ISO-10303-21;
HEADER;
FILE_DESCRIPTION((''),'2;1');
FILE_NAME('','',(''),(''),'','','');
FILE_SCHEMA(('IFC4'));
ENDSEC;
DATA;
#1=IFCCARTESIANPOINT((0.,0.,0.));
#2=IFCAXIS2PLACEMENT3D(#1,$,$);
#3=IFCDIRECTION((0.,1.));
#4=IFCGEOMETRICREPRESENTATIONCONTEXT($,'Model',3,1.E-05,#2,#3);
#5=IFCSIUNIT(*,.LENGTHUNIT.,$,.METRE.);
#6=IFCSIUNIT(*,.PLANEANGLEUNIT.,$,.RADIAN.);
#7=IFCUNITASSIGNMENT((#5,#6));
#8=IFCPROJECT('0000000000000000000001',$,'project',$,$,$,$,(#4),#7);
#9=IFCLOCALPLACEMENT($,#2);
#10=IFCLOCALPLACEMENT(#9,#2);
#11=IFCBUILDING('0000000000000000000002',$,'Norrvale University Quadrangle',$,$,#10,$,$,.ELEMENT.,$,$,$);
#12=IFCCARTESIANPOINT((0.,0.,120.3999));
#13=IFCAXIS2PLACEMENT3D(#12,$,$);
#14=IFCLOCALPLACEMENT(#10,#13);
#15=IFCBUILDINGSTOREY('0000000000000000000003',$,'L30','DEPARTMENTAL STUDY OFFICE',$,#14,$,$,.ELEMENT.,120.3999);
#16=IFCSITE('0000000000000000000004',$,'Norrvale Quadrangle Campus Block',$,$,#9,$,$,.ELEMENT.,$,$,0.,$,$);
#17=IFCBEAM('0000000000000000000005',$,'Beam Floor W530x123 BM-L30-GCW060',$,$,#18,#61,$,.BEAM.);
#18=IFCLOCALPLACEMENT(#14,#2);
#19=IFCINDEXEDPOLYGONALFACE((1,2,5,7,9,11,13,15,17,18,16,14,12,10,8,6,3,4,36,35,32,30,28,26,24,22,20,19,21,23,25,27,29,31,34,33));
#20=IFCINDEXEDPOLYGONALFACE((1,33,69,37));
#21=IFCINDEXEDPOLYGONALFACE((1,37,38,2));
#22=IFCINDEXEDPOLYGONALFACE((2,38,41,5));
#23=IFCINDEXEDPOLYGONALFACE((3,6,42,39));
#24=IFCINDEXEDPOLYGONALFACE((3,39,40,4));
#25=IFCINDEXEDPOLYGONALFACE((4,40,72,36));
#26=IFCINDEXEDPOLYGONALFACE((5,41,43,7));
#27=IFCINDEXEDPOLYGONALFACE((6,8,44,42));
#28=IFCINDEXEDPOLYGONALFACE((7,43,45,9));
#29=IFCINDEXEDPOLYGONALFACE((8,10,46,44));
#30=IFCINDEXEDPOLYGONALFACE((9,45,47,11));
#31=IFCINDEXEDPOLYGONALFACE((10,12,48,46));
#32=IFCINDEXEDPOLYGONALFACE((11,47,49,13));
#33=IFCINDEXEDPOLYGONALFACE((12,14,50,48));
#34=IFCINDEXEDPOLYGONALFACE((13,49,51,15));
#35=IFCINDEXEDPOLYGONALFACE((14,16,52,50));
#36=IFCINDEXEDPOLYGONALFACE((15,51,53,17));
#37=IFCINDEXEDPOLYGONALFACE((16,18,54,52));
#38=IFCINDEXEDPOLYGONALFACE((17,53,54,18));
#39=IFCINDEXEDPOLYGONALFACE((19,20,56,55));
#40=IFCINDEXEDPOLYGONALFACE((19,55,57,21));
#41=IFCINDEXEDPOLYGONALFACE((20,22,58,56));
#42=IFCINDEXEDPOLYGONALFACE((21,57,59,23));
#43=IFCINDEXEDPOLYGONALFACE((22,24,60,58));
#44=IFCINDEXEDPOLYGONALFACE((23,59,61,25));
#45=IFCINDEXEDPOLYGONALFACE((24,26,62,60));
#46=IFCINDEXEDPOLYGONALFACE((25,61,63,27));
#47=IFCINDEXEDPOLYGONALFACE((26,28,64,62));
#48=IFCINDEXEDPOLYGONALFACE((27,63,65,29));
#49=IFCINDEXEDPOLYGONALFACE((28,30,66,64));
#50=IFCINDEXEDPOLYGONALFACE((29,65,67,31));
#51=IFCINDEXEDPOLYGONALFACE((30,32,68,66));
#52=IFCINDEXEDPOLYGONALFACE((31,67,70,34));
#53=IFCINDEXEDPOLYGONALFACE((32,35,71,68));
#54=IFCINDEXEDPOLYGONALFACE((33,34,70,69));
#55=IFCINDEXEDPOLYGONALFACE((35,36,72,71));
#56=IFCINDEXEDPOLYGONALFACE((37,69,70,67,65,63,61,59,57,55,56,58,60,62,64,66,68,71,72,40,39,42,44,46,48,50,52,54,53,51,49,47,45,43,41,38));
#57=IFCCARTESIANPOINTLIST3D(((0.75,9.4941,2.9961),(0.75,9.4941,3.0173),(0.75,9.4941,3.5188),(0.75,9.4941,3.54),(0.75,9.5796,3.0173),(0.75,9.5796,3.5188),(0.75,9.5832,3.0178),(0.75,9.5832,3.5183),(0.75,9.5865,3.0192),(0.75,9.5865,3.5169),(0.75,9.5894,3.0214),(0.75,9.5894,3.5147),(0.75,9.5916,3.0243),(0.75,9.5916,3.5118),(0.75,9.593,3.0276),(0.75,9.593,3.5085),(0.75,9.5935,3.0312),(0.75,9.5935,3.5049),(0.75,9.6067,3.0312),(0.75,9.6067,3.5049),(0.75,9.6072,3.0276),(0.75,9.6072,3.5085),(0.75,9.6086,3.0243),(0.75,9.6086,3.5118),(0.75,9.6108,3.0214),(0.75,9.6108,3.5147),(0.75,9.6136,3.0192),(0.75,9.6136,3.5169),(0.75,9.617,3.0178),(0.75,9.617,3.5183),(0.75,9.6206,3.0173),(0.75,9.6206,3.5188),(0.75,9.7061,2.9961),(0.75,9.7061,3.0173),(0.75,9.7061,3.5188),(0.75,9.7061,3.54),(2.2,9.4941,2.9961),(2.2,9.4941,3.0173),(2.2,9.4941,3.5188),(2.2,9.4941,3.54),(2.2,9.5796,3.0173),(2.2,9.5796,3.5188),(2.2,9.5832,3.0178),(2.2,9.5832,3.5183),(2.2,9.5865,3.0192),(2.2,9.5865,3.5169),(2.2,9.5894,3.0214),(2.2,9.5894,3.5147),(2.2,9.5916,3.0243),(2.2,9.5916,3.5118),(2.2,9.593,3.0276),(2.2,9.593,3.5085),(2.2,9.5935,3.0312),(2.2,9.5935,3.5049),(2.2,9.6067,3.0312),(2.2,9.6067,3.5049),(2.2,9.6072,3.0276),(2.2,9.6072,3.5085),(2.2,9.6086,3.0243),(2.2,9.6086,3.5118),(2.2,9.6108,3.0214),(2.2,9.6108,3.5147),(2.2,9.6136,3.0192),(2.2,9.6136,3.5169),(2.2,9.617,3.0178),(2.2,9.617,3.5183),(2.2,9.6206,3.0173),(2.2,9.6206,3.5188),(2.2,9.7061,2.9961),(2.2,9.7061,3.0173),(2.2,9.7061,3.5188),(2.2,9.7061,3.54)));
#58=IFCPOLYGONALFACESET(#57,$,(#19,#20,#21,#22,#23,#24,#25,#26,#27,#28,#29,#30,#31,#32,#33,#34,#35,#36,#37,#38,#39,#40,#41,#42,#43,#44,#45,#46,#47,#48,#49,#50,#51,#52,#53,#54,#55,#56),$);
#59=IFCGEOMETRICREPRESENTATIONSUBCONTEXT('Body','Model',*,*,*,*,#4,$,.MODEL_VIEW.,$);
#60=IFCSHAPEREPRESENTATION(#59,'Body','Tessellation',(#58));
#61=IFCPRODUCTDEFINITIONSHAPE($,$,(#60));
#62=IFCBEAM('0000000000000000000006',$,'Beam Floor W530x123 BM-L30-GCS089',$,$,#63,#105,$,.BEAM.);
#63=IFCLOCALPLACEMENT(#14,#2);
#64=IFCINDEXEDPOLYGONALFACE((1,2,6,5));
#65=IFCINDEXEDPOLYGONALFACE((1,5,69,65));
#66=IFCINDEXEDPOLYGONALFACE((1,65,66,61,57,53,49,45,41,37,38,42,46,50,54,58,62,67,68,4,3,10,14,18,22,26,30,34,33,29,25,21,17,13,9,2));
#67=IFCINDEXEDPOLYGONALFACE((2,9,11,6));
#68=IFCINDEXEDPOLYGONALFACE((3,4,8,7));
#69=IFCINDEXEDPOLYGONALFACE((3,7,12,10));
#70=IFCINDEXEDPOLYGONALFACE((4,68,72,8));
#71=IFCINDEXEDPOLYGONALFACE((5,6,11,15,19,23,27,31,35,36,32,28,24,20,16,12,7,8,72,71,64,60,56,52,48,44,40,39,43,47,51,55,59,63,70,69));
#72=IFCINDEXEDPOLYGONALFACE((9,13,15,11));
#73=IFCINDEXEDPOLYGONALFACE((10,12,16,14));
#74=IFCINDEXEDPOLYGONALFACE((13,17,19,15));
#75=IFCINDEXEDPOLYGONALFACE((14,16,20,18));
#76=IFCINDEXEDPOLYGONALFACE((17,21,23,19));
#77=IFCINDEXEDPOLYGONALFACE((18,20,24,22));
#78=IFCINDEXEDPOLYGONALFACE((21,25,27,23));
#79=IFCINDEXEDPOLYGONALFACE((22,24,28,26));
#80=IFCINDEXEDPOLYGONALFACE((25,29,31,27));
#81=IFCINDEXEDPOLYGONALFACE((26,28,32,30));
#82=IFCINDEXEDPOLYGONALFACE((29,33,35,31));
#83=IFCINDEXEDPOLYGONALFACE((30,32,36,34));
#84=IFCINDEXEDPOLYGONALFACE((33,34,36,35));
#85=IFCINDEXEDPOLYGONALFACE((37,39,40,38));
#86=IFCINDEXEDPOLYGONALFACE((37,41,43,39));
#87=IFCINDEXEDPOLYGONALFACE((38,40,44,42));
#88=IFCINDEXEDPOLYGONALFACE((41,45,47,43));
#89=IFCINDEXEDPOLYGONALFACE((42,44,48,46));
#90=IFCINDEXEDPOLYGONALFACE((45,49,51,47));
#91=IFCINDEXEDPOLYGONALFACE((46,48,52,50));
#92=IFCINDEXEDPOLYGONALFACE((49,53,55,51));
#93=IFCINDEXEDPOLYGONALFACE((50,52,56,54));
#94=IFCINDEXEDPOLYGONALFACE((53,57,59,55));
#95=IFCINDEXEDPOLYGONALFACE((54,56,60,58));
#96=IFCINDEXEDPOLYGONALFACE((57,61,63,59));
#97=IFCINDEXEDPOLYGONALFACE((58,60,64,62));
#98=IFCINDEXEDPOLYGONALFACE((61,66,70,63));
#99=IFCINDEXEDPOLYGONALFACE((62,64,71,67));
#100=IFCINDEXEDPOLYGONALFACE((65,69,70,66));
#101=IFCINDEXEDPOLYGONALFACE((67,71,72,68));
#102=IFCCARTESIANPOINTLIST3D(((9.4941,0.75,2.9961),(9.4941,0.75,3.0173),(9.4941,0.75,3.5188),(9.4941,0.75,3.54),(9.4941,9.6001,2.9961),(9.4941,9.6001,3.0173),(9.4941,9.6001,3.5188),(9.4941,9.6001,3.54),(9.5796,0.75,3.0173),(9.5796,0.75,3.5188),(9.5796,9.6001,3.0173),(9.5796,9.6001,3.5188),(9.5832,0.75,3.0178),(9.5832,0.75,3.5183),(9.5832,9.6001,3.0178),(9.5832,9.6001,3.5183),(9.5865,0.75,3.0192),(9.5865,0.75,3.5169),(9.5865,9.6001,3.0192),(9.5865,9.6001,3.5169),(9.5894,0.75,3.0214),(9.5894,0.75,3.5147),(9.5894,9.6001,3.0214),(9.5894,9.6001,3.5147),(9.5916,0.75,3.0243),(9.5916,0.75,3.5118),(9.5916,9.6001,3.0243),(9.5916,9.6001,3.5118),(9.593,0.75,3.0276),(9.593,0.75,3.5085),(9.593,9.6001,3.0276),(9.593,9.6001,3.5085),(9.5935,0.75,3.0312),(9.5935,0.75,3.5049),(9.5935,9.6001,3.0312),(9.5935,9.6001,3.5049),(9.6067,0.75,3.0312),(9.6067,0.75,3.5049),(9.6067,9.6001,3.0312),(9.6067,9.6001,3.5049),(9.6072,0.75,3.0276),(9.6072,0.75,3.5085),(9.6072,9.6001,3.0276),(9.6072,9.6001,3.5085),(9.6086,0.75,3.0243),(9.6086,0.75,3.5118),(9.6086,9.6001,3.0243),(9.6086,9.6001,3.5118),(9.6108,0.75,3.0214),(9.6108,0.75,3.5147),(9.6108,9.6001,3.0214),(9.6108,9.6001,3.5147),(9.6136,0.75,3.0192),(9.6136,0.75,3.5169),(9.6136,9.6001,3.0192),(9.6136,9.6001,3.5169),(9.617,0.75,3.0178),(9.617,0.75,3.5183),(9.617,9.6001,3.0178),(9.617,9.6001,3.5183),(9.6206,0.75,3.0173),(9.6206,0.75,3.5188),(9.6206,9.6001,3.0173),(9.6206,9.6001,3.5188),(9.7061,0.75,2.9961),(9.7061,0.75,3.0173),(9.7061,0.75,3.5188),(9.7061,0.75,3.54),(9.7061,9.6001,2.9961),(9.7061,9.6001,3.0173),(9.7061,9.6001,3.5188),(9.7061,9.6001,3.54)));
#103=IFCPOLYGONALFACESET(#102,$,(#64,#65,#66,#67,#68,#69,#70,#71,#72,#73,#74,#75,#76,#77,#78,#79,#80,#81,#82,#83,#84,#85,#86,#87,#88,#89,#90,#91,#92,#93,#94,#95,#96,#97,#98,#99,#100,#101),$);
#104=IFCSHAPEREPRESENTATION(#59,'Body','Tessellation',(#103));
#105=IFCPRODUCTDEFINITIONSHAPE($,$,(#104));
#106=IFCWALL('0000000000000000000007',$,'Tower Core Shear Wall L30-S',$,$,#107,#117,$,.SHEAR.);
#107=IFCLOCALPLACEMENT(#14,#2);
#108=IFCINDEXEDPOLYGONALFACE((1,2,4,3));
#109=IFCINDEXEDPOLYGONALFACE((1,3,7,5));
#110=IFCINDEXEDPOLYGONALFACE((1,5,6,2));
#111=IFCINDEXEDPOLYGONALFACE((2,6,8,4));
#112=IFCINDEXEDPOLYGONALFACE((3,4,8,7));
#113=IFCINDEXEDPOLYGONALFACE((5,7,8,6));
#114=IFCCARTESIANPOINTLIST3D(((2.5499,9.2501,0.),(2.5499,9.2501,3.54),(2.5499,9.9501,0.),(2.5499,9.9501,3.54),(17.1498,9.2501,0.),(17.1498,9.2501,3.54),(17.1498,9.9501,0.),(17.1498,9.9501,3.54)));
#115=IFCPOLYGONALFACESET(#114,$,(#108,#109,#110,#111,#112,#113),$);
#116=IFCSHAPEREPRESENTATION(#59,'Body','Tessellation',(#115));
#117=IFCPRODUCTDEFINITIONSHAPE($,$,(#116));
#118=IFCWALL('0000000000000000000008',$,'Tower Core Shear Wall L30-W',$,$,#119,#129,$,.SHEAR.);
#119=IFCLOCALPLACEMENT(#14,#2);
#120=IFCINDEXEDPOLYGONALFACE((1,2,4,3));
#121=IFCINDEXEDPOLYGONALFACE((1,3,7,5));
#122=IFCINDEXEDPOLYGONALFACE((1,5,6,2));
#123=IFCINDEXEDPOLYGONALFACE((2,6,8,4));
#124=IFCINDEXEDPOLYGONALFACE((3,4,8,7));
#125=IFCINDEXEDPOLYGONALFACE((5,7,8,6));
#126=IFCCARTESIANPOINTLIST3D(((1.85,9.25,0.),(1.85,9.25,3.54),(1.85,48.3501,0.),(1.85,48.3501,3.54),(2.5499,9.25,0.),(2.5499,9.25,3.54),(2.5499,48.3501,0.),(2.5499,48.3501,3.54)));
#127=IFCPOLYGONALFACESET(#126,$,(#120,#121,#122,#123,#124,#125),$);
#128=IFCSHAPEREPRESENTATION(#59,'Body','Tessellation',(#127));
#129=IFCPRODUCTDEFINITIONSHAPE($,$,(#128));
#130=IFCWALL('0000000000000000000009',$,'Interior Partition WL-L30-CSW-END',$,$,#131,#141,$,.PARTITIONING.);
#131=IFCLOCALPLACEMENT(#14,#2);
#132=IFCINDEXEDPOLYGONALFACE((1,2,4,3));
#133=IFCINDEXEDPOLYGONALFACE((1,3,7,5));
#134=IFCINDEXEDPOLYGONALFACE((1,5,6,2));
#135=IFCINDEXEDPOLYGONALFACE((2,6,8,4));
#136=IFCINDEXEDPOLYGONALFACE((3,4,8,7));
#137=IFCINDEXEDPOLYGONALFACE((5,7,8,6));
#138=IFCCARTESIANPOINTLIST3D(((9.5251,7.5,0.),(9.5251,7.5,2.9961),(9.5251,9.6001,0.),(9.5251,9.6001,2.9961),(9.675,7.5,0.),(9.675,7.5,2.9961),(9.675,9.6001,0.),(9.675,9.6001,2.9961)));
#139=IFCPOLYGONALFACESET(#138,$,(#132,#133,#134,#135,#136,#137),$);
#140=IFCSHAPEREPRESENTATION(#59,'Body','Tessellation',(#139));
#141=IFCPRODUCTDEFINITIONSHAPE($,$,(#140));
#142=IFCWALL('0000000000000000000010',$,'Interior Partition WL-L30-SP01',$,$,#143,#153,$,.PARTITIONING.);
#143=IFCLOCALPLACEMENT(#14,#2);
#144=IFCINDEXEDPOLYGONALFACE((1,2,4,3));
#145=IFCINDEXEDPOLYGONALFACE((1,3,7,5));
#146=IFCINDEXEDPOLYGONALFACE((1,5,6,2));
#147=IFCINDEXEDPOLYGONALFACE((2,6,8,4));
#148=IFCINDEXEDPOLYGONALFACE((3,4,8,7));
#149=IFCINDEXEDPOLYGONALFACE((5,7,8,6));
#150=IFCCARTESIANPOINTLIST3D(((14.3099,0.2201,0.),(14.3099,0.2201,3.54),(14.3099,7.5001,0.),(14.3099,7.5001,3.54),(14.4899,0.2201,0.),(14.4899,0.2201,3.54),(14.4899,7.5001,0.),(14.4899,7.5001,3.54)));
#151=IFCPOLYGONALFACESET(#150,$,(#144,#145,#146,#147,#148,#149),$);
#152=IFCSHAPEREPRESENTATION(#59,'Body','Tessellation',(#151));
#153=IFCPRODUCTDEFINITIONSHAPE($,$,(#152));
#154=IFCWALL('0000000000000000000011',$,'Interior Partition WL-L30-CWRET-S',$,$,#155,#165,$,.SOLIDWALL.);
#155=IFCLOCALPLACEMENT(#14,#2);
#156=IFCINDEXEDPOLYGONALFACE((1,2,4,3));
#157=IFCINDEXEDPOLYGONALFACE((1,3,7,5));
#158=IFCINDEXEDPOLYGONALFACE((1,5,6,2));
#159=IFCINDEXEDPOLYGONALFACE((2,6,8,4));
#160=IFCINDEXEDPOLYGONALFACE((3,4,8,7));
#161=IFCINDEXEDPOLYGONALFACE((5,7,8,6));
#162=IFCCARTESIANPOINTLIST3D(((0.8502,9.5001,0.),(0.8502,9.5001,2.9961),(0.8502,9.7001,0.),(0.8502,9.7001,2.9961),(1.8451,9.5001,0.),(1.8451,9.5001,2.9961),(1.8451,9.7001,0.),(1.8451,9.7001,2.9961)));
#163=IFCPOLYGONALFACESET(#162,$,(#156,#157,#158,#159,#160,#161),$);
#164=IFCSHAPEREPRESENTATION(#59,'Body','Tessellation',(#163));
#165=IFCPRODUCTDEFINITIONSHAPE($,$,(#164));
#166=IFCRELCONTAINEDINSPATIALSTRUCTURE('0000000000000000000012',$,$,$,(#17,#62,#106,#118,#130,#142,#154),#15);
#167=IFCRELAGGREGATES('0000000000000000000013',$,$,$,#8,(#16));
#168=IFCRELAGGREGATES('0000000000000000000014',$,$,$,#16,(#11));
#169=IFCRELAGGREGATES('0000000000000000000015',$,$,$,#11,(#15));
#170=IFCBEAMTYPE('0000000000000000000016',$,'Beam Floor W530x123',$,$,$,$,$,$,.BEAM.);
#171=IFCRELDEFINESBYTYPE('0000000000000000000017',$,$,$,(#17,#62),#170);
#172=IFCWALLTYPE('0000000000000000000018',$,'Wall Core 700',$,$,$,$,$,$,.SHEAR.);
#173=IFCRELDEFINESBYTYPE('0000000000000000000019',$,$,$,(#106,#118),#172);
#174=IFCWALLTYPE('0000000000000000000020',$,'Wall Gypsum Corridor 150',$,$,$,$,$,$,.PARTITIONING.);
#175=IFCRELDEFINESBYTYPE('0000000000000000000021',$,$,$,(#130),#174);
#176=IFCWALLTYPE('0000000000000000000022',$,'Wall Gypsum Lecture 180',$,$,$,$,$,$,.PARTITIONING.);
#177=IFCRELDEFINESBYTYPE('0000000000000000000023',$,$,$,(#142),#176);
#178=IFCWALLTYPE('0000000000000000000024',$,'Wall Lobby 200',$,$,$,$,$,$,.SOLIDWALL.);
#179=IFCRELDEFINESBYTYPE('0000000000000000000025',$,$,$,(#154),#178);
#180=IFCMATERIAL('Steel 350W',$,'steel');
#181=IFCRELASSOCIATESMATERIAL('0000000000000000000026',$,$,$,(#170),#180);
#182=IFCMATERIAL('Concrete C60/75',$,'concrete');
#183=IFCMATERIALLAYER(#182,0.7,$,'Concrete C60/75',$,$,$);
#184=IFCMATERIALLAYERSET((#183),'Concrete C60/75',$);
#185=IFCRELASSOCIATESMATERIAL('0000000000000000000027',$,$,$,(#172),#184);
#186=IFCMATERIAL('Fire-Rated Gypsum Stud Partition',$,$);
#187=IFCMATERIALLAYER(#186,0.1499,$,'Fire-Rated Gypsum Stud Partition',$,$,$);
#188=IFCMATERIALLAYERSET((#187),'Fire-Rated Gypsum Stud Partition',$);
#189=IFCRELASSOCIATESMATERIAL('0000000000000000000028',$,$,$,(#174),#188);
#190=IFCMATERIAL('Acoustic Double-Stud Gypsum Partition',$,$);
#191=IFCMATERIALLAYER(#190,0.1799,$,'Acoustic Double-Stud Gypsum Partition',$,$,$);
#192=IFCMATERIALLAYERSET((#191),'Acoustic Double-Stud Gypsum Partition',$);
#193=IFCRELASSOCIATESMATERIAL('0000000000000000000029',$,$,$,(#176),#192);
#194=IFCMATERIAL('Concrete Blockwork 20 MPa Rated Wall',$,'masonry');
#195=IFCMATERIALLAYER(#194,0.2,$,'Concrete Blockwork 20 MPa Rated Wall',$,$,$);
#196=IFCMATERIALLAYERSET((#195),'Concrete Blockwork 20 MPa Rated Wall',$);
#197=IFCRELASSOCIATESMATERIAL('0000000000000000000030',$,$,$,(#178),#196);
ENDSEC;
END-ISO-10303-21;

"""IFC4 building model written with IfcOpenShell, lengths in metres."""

from ifc_helpers import new_model, si_unit, direction, frame, frame_2d, origin, origin_2d, place, context, subcontext, project, spatial, rectangle, i_section, extrude, material, layer, layer_set, material_profile, profile_set, type_object, element, save


model = new_model("IFC4")

# Units and contexts
model_context = context("Model", 3, precision=1e-05, world=origin(), true_north=direction((0.0, 1.0)))
body_context = subcontext(model_context, "Body", "Model", "MODEL_VIEW")
ifc_project = project(units=[si_unit("LENGTHUNIT", "METRE"), si_unit("PLANEANGLEUNIT", "RADIAN")], contexts=[model_context])

# Site, building, storey
site_placement = place(None, origin())
site = spatial("IfcSite", under=ifc_project, at=site_placement, Name="Norrvale Quadrangle Campus Block", CompositionType="ELEMENT", RefElevation=0.0)
building_placement = place(site_placement, origin())
building = spatial("IfcBuilding", under=site, at=building_placement, Name="Norrvale University Quadrangle", CompositionType="ELEMENT")
storey_placement = place(building_placement, frame((0.0, 0.0, 120.3999)))
storey = spatial("IfcBuildingStorey", under=building, at=storey_placement, Name="L30", Description="DEPARTMENTAL STUDY OFFICE", CompositionType="ELEMENT", Elevation=120.3999)

# Shared definitions
ifc_material_1 = material(Name="Concrete C60/75", Category="concrete")

# Beams
ifc_material_2 = material(Name="Steel 350W", Category="steel")
ifc_material_profile_1 = material_profile(ifc_material_2, i_section(OverallWidth=0.2119, OverallDepth=0.5439, WebThickness=0.0132, FlangeThickness=0.0212, FilletRadius=0.0139, at=origin_2d()), Name="Steel 350W")
ifc_profile_set_1 = profile_set([ifc_material_profile_1], Name="Steel 350W")
beam_type_1 = type_object("IfcBeamType", Name="Beam Floor W530x123", PredefinedType="BEAM", material=ifc_profile_set_1)
beam_1_placement = place(storey_placement, frame((0.75, 9.6001, 3.2681), z_axis=(1.0, 0.0, 0.0), x_axis=(0.0, 1.0, 0.0)))
element("IfcBeam", 1, at=beam_1_placement, inside=storey, type_object=beam_type_1, Name="Beam Floor W530x123 BM-L30-GCW060", PredefinedType="BEAM", context=body_context, shape_type="SweptSolid", body=[
    extrude(i_section(OverallWidth=0.2119, OverallDepth=0.5439, WebThickness=0.0132, FlangeThickness=0.0212, FilletRadius=0.0139, at=origin_2d()), origin(), (0.0, 0.0, 1.0), 1.45),
])
beam_2_placement = place(storey_placement, frame((9.6001, 0.75, 3.2681), z_axis=(0.0, 1.0, 0.0), x_axis=(-1.0, 0.0, 0.0)))
element("IfcBeam", 2, at=beam_2_placement, inside=storey, type_object=beam_type_1, Name="Beam Floor W530x123 BM-L30-GCS089", PredefinedType="BEAM", context=body_context, shape_type="SweptSolid", body=[
    extrude(i_section(OverallWidth=0.2119, OverallDepth=0.5439, WebThickness=0.0132, FlangeThickness=0.0212, FilletRadius=0.0139, at=origin_2d()), origin(), (0.0, 0.0, 1.0), 8.8501),
])

# Walls
ifc_layer_1 = layer(ifc_material_1, 0.7, Name="Concrete C60/75")
ifc_layer_set_1 = layer_set([ifc_layer_1], Name="Concrete C60/75")
wall_type_1 = type_object("IfcWallType", Name="Wall Core 700", PredefinedType="SHEAR", material=ifc_layer_set_1)
wall_1_placement = place(storey_placement, frame((2.55, 9.6001, 0.0), z_axis=(0.0, 0.0, 1.0), x_axis=(1.0, 0.0, 0.0)))
element("IfcWall", 3, at=wall_1_placement, inside=storey, type_object=wall_type_1, Name="Tower Core Shear Wall L30-S", PredefinedType="SHEAR", context=body_context, shape_type="SweptSolid", body=[
    extrude(rectangle(XDim=14.5999, YDim=0.7, at=frame_2d((7.2998, 0.0))), origin(), (0.0, 0.0, 1.0), 3.54),
])
wall_2_placement = place(storey_placement, frame((2.2, 9.25, 0.0), z_axis=(0.0, 0.0, 1.0), x_axis=(0.0, 1.0, 0.0)))
element("IfcWall", 4, at=wall_2_placement, inside=storey, type_object=wall_type_1, Name="Tower Core Shear Wall L30-W", PredefinedType="SHEAR", context=body_context, shape_type="SweptSolid", body=[
    extrude(rectangle(XDim=39.1001, YDim=0.7, at=frame_2d((19.55, 0.0))), origin(), (0.0, 0.0, 1.0), 3.54),
])
ifc_material_3 = material(Name="Fire-Rated Gypsum Stud Partition")
ifc_layer_2 = layer(ifc_material_3, 0.1499, Name="Fire-Rated Gypsum Stud Partition")
ifc_layer_set_2 = layer_set([ifc_layer_2], Name="Fire-Rated Gypsum Stud Partition")
wall_type_2 = type_object("IfcWallType", Name="Wall Gypsum Corridor 150", PredefinedType="PARTITIONING", material=ifc_layer_set_2)
wall_3_placement = place(storey_placement, frame((9.6001, 7.5, 0.0), z_axis=(0.0, 0.0, 1.0), x_axis=(0.0, 1.0, 0.0)))
element("IfcWall", 5, at=wall_3_placement, inside=storey, type_object=wall_type_2, Name="Interior Partition WL-L30-CSW-END", PredefinedType="PARTITIONING", context=body_context, shape_type="SweptSolid", body=[
    extrude(rectangle(XDim=2.1001, YDim=0.1499, at=frame_2d((1.05, 0.0))), origin(), (0.0, 0.0, 1.0), 2.9961),
])
ifc_material_4 = material(Name="Acoustic Double-Stud Gypsum Partition")
ifc_layer_3 = layer(ifc_material_4, 0.1799, Name="Acoustic Double-Stud Gypsum Partition")
ifc_layer_set_3 = layer_set([ifc_layer_3], Name="Acoustic Double-Stud Gypsum Partition")
wall_type_3 = type_object("IfcWallType", Name="Wall Gypsum Lecture 180", PredefinedType="PARTITIONING", material=ifc_layer_set_3)
wall_4_placement = place(storey_placement, frame((14.3999, 0.22, 0.0), z_axis=(0.0, 0.0, 1.0), x_axis=(0.0, 1.0, 0.0)))
element("IfcWall", 6, at=wall_4_placement, inside=storey, type_object=wall_type_3, Name="Interior Partition WL-L30-SP01", PredefinedType="PARTITIONING", context=body_context, shape_type="SweptSolid", body=[
    extrude(rectangle(XDim=7.28, YDim=0.1799, at=frame_2d((3.6401, 0.0))), origin(), (0.0, 0.0, 1.0), 3.54),
])
ifc_material_5 = material(Name="Concrete Blockwork 20 MPa Rated Wall", Category="masonry")
ifc_layer_4 = layer(ifc_material_5, 0.2, Name="Concrete Blockwork 20 MPa Rated Wall")
ifc_layer_set_4 = layer_set([ifc_layer_4], Name="Concrete Blockwork 20 MPa Rated Wall")
wall_type_4 = type_object("IfcWallType", Name="Wall Lobby 200", PredefinedType="SOLIDWALL", material=ifc_layer_set_4)
wall_5_placement = place(storey_placement, frame((0.8501, 9.6001, 0.0), z_axis=(0.0, 0.0, 1.0), x_axis=(1.0, 0.0, 0.0)))
element("IfcWall", 7, at=wall_5_placement, inside=storey, type_object=wall_type_4, Name="Interior Partition WL-L30-CWRET-S", PredefinedType="SOLIDWALL", context=body_context, shape_type="SweptSolid", body=[
    extrude(rectangle(XDim=0.9949, YDim=0.2, at=frame_2d((0.4976, 0.0))), origin(), (0.0, 0.0, 1.0), 2.9961),
])

save(model, "model.ifc")
